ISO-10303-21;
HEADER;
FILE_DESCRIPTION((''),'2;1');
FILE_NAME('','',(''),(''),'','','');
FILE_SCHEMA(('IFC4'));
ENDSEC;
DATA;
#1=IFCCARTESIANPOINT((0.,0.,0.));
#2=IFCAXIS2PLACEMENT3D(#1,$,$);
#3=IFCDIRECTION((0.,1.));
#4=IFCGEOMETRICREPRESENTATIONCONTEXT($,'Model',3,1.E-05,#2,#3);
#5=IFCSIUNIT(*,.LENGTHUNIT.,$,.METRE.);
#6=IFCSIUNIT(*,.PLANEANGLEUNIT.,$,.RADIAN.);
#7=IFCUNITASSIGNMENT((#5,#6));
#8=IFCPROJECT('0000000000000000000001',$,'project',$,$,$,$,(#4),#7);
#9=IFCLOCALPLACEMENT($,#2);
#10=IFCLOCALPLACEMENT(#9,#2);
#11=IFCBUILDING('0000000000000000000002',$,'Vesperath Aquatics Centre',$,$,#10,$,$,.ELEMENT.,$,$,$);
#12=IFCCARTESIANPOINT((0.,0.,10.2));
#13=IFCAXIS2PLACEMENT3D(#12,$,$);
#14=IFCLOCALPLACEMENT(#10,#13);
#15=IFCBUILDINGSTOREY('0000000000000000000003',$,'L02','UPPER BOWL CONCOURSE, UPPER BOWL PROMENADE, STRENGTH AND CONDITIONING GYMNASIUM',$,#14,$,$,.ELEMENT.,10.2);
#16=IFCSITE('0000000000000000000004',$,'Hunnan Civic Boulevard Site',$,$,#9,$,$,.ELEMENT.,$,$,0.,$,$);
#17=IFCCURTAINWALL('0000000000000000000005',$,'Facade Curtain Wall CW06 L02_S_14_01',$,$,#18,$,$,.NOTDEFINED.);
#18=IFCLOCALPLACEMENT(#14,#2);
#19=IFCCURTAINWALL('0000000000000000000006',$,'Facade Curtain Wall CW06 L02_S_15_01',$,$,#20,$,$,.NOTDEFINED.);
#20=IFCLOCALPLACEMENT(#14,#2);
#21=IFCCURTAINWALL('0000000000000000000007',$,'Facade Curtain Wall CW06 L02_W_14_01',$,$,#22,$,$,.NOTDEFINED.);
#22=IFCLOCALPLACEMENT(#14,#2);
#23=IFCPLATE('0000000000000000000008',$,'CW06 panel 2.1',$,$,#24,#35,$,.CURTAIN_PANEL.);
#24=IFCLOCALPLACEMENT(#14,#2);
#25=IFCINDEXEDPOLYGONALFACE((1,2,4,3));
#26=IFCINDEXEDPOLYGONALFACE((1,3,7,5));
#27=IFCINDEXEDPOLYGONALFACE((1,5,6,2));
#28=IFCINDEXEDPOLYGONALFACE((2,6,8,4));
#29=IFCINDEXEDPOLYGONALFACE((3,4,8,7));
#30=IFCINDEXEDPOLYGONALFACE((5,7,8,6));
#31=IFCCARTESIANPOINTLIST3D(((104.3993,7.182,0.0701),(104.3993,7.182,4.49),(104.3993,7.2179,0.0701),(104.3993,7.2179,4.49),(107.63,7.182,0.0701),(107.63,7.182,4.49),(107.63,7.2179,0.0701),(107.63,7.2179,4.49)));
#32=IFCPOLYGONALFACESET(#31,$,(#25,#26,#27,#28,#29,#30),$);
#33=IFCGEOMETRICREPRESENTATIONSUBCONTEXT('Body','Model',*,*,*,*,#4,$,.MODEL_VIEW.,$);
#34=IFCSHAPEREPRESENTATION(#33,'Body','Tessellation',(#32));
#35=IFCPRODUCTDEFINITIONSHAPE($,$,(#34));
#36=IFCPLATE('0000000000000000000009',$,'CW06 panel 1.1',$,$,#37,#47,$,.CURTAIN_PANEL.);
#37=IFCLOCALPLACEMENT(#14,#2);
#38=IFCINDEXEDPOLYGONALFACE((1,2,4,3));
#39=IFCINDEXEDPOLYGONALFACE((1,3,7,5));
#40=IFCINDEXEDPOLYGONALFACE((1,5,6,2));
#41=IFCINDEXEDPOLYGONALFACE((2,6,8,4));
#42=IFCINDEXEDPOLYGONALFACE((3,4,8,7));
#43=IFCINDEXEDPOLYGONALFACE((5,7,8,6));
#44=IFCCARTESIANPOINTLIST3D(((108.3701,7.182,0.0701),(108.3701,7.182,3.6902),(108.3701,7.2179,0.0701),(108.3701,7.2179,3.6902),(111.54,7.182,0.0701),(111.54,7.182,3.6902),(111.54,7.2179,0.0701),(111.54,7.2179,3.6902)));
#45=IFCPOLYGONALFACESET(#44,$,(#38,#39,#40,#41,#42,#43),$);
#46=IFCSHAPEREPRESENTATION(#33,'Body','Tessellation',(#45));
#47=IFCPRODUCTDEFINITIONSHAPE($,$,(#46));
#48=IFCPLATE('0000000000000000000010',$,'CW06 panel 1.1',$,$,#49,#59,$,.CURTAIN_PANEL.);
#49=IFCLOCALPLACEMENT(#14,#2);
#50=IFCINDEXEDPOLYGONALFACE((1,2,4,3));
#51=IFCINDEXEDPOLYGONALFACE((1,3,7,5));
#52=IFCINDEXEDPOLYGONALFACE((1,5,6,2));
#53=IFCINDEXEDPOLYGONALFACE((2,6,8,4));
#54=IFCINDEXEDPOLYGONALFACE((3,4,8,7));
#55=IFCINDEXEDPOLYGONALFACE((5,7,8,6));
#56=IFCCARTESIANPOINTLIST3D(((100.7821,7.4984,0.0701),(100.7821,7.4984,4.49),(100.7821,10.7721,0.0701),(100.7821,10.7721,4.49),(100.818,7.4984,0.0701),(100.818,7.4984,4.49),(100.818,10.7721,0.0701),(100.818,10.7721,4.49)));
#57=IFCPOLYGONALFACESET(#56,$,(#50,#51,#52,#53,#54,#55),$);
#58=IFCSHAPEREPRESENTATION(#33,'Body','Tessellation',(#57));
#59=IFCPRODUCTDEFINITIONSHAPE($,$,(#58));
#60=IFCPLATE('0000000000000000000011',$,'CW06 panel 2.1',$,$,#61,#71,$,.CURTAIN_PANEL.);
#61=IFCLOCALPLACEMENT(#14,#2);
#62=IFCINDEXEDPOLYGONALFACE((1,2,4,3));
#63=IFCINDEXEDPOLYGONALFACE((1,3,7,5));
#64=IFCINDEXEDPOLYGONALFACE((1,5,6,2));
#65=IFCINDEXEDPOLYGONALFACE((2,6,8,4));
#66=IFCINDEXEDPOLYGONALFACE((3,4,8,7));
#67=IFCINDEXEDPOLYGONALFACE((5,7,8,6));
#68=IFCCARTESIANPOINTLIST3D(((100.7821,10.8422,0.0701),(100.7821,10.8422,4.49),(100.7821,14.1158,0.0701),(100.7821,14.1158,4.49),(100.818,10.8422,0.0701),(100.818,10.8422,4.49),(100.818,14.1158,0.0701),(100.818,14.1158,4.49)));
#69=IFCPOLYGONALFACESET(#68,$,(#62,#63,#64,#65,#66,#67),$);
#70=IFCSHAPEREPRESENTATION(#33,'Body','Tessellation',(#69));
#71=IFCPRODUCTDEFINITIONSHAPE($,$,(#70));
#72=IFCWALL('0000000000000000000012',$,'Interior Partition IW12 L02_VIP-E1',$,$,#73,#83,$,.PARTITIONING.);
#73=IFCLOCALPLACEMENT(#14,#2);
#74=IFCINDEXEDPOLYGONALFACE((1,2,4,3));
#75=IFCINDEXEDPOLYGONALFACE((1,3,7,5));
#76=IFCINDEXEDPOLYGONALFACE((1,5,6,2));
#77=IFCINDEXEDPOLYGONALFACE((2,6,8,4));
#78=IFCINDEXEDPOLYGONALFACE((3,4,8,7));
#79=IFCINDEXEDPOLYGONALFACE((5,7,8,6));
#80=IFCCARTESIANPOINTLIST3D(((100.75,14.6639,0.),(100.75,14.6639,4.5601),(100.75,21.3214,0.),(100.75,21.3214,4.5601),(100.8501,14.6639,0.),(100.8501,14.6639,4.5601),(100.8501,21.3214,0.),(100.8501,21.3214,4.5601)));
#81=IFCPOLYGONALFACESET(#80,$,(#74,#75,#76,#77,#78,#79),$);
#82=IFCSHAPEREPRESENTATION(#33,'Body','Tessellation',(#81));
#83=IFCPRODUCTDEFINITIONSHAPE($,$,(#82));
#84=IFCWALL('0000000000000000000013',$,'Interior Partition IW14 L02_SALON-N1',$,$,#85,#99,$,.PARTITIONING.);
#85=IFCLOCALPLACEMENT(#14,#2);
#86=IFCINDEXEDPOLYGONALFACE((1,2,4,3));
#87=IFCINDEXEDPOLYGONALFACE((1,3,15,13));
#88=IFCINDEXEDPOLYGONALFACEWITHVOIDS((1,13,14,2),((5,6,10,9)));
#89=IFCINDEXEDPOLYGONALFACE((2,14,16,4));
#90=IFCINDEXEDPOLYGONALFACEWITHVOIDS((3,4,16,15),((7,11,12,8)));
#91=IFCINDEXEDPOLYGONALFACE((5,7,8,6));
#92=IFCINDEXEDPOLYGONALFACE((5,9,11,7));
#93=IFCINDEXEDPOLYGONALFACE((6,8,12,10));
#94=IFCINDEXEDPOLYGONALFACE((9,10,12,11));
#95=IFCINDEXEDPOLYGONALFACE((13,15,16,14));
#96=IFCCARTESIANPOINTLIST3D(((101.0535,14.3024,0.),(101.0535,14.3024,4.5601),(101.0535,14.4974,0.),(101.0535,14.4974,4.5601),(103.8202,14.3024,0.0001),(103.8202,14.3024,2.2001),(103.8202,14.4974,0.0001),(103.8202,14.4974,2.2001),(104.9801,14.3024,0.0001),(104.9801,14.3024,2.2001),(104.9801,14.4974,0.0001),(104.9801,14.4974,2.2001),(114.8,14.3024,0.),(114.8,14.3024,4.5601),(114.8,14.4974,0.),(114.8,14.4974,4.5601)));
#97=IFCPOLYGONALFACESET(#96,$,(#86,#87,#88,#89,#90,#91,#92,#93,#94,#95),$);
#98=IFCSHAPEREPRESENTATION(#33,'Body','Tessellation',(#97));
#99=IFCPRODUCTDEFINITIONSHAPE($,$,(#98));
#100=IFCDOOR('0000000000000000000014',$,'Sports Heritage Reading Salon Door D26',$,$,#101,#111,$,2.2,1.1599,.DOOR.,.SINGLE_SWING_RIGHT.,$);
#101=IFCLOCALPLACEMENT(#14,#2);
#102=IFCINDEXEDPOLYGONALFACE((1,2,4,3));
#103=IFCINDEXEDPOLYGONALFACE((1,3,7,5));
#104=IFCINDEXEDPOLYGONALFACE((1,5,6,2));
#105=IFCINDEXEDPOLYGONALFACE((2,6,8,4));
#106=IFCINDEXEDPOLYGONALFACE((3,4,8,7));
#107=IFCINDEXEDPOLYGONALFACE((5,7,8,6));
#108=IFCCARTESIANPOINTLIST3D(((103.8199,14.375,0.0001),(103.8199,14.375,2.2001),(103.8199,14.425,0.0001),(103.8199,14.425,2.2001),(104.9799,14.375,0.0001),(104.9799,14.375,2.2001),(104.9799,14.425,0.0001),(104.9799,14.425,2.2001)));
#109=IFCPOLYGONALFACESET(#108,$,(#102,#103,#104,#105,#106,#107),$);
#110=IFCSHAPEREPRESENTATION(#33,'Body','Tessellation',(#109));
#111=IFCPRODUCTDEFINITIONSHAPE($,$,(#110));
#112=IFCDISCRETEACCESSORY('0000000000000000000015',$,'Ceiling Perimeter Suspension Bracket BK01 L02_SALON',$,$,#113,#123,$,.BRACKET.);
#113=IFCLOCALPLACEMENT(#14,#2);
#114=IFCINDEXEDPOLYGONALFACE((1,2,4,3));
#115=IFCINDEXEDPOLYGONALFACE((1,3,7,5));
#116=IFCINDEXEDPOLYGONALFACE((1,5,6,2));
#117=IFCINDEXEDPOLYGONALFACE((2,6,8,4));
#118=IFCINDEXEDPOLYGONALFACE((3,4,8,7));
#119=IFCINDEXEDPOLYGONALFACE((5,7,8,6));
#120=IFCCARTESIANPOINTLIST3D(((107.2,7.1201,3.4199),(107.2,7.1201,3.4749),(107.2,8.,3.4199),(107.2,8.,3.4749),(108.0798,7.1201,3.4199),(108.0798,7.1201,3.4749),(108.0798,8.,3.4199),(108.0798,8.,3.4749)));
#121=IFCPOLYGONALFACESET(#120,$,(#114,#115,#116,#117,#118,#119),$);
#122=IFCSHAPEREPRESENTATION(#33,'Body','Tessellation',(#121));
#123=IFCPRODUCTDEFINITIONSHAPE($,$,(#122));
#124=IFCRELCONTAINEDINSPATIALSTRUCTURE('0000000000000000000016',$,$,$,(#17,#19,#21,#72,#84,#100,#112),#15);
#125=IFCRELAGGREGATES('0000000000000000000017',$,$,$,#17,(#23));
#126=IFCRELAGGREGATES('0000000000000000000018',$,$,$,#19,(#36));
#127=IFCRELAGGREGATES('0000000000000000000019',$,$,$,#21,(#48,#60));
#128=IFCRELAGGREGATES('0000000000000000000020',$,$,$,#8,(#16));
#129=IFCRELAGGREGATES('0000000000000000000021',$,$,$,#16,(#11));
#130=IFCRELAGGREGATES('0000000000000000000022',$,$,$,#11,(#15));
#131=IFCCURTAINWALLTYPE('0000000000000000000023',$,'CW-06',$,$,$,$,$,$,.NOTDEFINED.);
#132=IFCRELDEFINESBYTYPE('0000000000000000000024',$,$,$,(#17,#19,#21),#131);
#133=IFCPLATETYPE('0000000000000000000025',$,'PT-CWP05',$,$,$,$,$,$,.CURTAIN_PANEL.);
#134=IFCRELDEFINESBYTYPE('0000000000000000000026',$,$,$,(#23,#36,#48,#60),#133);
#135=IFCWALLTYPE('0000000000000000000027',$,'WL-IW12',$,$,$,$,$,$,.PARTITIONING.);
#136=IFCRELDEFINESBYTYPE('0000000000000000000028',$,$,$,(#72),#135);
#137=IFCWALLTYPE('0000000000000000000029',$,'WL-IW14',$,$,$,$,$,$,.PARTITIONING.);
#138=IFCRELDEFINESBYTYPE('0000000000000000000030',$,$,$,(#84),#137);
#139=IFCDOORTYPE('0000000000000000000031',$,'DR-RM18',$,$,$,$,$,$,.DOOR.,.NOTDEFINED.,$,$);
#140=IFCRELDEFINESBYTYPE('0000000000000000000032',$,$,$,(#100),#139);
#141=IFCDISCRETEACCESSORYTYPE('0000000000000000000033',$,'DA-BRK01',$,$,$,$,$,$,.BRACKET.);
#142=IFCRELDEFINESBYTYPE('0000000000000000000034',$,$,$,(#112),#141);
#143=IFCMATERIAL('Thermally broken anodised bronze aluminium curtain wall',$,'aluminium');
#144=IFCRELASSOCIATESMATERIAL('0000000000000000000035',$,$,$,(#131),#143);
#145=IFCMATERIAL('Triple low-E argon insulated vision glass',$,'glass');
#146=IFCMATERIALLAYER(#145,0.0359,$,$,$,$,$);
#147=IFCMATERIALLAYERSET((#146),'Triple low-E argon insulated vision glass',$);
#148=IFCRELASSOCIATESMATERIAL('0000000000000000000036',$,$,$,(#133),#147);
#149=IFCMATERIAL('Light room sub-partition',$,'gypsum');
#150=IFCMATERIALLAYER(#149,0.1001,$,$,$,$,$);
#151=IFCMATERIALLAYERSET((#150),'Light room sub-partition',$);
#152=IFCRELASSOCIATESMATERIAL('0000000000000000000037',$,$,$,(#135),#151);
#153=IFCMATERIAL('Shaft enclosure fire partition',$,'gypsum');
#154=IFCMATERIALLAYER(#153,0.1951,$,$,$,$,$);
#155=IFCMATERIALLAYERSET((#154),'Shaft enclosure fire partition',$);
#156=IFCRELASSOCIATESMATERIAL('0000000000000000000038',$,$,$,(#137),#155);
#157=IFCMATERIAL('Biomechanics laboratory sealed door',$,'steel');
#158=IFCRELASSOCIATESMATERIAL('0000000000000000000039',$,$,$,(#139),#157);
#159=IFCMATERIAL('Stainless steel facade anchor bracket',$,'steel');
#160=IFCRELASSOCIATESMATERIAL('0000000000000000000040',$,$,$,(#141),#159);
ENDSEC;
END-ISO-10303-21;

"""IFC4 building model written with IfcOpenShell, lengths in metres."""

from ifc_helpers import new_model, si_unit, direction, frame, frame_2d, origin, origin_2d, place, context, subcontext, project, spatial, rectangle, extrude, material, layer, layer_set, type_object, element, fill, aggregate, save


model = new_model("IFC4")

# Units and contexts
model_context = context("Model", 3, precision=1e-05, world=origin(), true_north=direction((0.0, 1.0)))
body_context = subcontext(model_context, "Body", "Model", "MODEL_VIEW")
ifc_project = project(units=[si_unit("LENGTHUNIT", "METRE"), si_unit("PLANEANGLEUNIT", "RADIAN")], contexts=[model_context])

# Site, building, storey
site_placement = place(None, origin())
site = spatial("IfcSite", under=ifc_project, at=site_placement, Name="Hunnan Civic Boulevard Site", CompositionType="ELEMENT", RefElevation=0.0)
building_placement = place(site_placement, origin())
building = spatial("IfcBuilding", under=site, at=building_placement, Name="Vesperath Aquatics Centre", CompositionType="ELEMENT")
storey_placement = place(building_placement, frame((0.0, 0.0, 10.2)))
storey = spatial("IfcBuildingStorey", under=building, at=storey_placement, Name="L02", Description="UPPER BOWL CONCOURSE, UPPER BOWL PROMENADE, STRENGTH AND CONDITIONING GYMNASIUM", CompositionType="ELEMENT", Elevation=10.2)

# Curtain wall
ifc_material_1 = material(Name="Thermally broken anodised bronze aluminium curtain wall", Category="aluminium")
curtain_wall_type = type_object("IfcCurtainWallType", Name="CW-06", PredefinedType="NOTDEFINED", material=ifc_material_1)
curtain_wall_1_placement = place(storey_placement, origin())
curtain_wall_1 = element("IfcCurtainWall", 1, at=curtain_wall_1_placement, inside=storey, type_object=curtain_wall_type, Name="Facade Curtain Wall CW06 L02_S_14_01", PredefinedType="NOTDEFINED")

# Curtain wall
curtain_wall_2_placement = place(storey_placement, origin())
curtain_wall_2 = element("IfcCurtainWall", 2, at=curtain_wall_2_placement, inside=storey, type_object=curtain_wall_type, Name="Facade Curtain Wall CW06 L02_S_15_01", PredefinedType="NOTDEFINED")

# Curtain wall
curtain_wall_3_placement = place(storey_placement, origin())
curtain_wall_3 = element("IfcCurtainWall", 3, at=curtain_wall_3_placement, inside=storey, type_object=curtain_wall_type, Name="Facade Curtain Wall CW06 L02_W_14_01", PredefinedType="NOTDEFINED")

# Plates
ifc_material_2 = material(Name="Triple low-E argon insulated vision glass", Category="glass")
ifc_layer_1 = layer(ifc_material_2, 0.0359)
ifc_layer_set_1 = layer_set([ifc_layer_1], Name="Triple low-E argon insulated vision glass")
plate_type_1 = type_object("IfcPlateType", Name="PT-CWP05", PredefinedType="CURTAIN_PANEL", material=ifc_layer_set_1)
plate_1_placement = place(storey_placement, frame((106.0146, 7.2, 0.0701), z_axis=(0.0, 0.0, 1.0), x_axis=(1.0, 0.0, 0.0)))
plate_1 = element("IfcPlate", 4, at=plate_1_placement, type_object=plate_type_1, Name="CW06 panel 2.1", PredefinedType="CURTAIN_PANEL", context=body_context, shape_type="SweptSolid", body=[
    extrude(rectangle(XDim=3.2307, YDim=0.0359, at=origin_2d()), origin(), (0.0, 0.0, 1.0), 4.4199),
])
aggregate(curtain_wall_1, [plate_1])
plate_2_placement = place(storey_placement, frame((109.9551, 7.2, 0.0701), z_axis=(0.0, 0.0, 1.0), x_axis=(1.0, 0.0, 0.0)))
plate_2 = element("IfcPlate", 5, at=plate_2_placement, type_object=plate_type_1, Name="CW06 panel 1.1", PredefinedType="CURTAIN_PANEL", context=body_context, shape_type="SweptSolid", body=[
    extrude(rectangle(XDim=3.1699, YDim=0.0359, at=origin_2d()), origin(), (0.0, 0.0, 1.0), 3.6201),
])
aggregate(curtain_wall_2, [plate_2])
plate_3_placement = place(storey_placement, frame((100.8, 9.1353, 0.0701), z_axis=(0.0, 0.0, 1.0), x_axis=(0.0, 1.0, 0.0)))
plate_3 = element("IfcPlate", 6, at=plate_3_placement, type_object=plate_type_1, Name="CW06 panel 1.1", PredefinedType="CURTAIN_PANEL", context=body_context, shape_type="SweptSolid", body=[
    extrude(rectangle(XDim=3.2737, YDim=0.0359, at=origin_2d()), origin(), (0.0, 0.0, 1.0), 4.4199),
])
plate_4_placement = place(storey_placement, frame((100.8, 12.479, 0.0701), z_axis=(0.0, 0.0, 1.0), x_axis=(0.0, 1.0, 0.0)))
plate_4 = element("IfcPlate", 7, at=plate_4_placement, type_object=plate_type_1, Name="CW06 panel 2.1", PredefinedType="CURTAIN_PANEL", context=body_context, shape_type="SweptSolid", body=[
    extrude(rectangle(XDim=3.2737, YDim=0.0359, at=origin_2d()), origin(), (0.0, 0.0, 1.0), 4.4199),
])
aggregate(curtain_wall_3, [plate_3, plate_4])

# Wall
ifc_material_3 = material(Name="Light room sub-partition", Category="gypsum")
ifc_layer_2 = layer(ifc_material_3, 0.1001)
ifc_layer_set_2 = layer_set([ifc_layer_2], Name="Light room sub-partition")
wall_type_1 = type_object("IfcWallType", Name="WL-IW12", PredefinedType="PARTITIONING", material=ifc_layer_set_2)
wall_1_placement = place(storey_placement, frame((100.8, 14.6641, 0.0), z_axis=(0.0, 0.0, 1.0), x_axis=(0.0, 1.0, 0.0)))
element("IfcWall", 8, at=wall_1_placement, inside=storey, type_object=wall_type_1, Name="Interior Partition IW12 L02_VIP-E1", PredefinedType="PARTITIONING", context=body_context, shape_type="SweptSolid", body=[
    extrude(rectangle(XDim=6.6575, YDim=0.1001, at=frame_2d((3.3286, 0.0))), origin(), (0.0, 0.0, 1.0), 4.5601),
])

# Wall, opening, door
ifc_material_4 = material(Name="Shaft enclosure fire partition", Category="gypsum")
ifc_layer_3 = layer(ifc_material_4, 0.1951)
ifc_layer_set_3 = layer_set([ifc_layer_3], Name="Shaft enclosure fire partition")
wall_type_2 = type_object("IfcWallType", Name="WL-IW14", PredefinedType="PARTITIONING", material=ifc_layer_set_3)
wall_2_placement = place(storey_placement, frame((101.0535, 14.3999, 0.0), z_axis=(0.0, 0.0, 1.0), x_axis=(1.0, 0.0, 0.0)))
wall_2 = element("IfcWall", 9, at=wall_2_placement, inside=storey, type_object=wall_type_2, Name="Interior Partition IW14 L02_SALON-N1", PredefinedType="PARTITIONING", context=body_context, shape_type="SweptSolid", body=[
    extrude(rectangle(XDim=13.7466, YDim=0.1951, at=frame_2d((6.8733, 0.0))), origin(), (0.0, 0.0, 1.0), 4.5601),
])
opening_placement = place(wall_2_placement, frame((2.7666, 0.0, 0.0)))
opening = element("IfcOpeningElement", 10, at=opening_placement, cuts=wall_2, PredefinedType="OPENING", context=body_context, shape_type="SweptSolid", body=[
    extrude(rectangle(XDim=1.1599, YDim=2.2, at=frame_2d((0.5801, 1.1001))), frame((0.0, 0.1123, 0.0), z_axis=(0.0, -1.0, 0.0), x_axis=(1.0, 0.0, 0.0)), (0.0, 0.0, 1.0), 0.2249),
])
ifc_material_5 = material(Name="Biomechanics laboratory sealed door", Category="steel")
door_type = type_object("IfcDoorType", Name="DR-RM18", OperationType="NOTDEFINED", PredefinedType="DOOR", material=ifc_material_5)
door_placement = place(opening_placement, frame((1.1599, 0.0, 0.0), z_axis=(0.0, 0.0, 1.0), x_axis=(-1.0, 0.0, 0.0)))
door = element("IfcDoor", 11, at=door_placement, inside=storey, type_object=door_type, Name="Sports Heritage Reading Salon Door D26", OperationType="SINGLE_SWING_RIGHT", OverallHeight=2.2, OverallWidth=1.1599, PredefinedType="DOOR", context=body_context, shape_type="SweptSolid", body=[
    extrude(rectangle(XDim=1.1599, YDim=2.2, at=frame_2d((0.5801, 1.1001))), frame((0.0, 0.0249, 0.0), z_axis=(0.0, -1.0, 0.0), x_axis=(1.0, 0.0, 0.0)), (0.0, 0.0, 1.0), 0.05),
])
fill(opening, door)

# Discrete accessory
ifc_material_6 = material(Name="Stainless steel facade anchor bracket", Category="steel")
discrete_accessory_type = type_object("IfcDiscreteAccessoryType", Name="DA-BRK01", PredefinedType="BRACKET", material=ifc_material_6)
discrete_accessory_placement = place(storey_placement, frame((107.6399, 7.5601, 3.4199), z_axis=(0.0, 0.0, 1.0), x_axis=(1.0, 0.0, 0.0)))
element("IfcDiscreteAccessory", 12, at=discrete_accessory_placement, inside=storey, type_object=discrete_accessory_type, Name="Ceiling Perimeter Suspension Bracket BK01 L02_SALON", PredefinedType="BRACKET", context=body_context, shape_type="SweptSolid", body=[
    extrude(rectangle(XDim=0.8799, YDim=0.8799, at=origin_2d()), origin(), (0.0, 0.0, 1.0), 0.0549),
])

save(model, "model.ifc")
